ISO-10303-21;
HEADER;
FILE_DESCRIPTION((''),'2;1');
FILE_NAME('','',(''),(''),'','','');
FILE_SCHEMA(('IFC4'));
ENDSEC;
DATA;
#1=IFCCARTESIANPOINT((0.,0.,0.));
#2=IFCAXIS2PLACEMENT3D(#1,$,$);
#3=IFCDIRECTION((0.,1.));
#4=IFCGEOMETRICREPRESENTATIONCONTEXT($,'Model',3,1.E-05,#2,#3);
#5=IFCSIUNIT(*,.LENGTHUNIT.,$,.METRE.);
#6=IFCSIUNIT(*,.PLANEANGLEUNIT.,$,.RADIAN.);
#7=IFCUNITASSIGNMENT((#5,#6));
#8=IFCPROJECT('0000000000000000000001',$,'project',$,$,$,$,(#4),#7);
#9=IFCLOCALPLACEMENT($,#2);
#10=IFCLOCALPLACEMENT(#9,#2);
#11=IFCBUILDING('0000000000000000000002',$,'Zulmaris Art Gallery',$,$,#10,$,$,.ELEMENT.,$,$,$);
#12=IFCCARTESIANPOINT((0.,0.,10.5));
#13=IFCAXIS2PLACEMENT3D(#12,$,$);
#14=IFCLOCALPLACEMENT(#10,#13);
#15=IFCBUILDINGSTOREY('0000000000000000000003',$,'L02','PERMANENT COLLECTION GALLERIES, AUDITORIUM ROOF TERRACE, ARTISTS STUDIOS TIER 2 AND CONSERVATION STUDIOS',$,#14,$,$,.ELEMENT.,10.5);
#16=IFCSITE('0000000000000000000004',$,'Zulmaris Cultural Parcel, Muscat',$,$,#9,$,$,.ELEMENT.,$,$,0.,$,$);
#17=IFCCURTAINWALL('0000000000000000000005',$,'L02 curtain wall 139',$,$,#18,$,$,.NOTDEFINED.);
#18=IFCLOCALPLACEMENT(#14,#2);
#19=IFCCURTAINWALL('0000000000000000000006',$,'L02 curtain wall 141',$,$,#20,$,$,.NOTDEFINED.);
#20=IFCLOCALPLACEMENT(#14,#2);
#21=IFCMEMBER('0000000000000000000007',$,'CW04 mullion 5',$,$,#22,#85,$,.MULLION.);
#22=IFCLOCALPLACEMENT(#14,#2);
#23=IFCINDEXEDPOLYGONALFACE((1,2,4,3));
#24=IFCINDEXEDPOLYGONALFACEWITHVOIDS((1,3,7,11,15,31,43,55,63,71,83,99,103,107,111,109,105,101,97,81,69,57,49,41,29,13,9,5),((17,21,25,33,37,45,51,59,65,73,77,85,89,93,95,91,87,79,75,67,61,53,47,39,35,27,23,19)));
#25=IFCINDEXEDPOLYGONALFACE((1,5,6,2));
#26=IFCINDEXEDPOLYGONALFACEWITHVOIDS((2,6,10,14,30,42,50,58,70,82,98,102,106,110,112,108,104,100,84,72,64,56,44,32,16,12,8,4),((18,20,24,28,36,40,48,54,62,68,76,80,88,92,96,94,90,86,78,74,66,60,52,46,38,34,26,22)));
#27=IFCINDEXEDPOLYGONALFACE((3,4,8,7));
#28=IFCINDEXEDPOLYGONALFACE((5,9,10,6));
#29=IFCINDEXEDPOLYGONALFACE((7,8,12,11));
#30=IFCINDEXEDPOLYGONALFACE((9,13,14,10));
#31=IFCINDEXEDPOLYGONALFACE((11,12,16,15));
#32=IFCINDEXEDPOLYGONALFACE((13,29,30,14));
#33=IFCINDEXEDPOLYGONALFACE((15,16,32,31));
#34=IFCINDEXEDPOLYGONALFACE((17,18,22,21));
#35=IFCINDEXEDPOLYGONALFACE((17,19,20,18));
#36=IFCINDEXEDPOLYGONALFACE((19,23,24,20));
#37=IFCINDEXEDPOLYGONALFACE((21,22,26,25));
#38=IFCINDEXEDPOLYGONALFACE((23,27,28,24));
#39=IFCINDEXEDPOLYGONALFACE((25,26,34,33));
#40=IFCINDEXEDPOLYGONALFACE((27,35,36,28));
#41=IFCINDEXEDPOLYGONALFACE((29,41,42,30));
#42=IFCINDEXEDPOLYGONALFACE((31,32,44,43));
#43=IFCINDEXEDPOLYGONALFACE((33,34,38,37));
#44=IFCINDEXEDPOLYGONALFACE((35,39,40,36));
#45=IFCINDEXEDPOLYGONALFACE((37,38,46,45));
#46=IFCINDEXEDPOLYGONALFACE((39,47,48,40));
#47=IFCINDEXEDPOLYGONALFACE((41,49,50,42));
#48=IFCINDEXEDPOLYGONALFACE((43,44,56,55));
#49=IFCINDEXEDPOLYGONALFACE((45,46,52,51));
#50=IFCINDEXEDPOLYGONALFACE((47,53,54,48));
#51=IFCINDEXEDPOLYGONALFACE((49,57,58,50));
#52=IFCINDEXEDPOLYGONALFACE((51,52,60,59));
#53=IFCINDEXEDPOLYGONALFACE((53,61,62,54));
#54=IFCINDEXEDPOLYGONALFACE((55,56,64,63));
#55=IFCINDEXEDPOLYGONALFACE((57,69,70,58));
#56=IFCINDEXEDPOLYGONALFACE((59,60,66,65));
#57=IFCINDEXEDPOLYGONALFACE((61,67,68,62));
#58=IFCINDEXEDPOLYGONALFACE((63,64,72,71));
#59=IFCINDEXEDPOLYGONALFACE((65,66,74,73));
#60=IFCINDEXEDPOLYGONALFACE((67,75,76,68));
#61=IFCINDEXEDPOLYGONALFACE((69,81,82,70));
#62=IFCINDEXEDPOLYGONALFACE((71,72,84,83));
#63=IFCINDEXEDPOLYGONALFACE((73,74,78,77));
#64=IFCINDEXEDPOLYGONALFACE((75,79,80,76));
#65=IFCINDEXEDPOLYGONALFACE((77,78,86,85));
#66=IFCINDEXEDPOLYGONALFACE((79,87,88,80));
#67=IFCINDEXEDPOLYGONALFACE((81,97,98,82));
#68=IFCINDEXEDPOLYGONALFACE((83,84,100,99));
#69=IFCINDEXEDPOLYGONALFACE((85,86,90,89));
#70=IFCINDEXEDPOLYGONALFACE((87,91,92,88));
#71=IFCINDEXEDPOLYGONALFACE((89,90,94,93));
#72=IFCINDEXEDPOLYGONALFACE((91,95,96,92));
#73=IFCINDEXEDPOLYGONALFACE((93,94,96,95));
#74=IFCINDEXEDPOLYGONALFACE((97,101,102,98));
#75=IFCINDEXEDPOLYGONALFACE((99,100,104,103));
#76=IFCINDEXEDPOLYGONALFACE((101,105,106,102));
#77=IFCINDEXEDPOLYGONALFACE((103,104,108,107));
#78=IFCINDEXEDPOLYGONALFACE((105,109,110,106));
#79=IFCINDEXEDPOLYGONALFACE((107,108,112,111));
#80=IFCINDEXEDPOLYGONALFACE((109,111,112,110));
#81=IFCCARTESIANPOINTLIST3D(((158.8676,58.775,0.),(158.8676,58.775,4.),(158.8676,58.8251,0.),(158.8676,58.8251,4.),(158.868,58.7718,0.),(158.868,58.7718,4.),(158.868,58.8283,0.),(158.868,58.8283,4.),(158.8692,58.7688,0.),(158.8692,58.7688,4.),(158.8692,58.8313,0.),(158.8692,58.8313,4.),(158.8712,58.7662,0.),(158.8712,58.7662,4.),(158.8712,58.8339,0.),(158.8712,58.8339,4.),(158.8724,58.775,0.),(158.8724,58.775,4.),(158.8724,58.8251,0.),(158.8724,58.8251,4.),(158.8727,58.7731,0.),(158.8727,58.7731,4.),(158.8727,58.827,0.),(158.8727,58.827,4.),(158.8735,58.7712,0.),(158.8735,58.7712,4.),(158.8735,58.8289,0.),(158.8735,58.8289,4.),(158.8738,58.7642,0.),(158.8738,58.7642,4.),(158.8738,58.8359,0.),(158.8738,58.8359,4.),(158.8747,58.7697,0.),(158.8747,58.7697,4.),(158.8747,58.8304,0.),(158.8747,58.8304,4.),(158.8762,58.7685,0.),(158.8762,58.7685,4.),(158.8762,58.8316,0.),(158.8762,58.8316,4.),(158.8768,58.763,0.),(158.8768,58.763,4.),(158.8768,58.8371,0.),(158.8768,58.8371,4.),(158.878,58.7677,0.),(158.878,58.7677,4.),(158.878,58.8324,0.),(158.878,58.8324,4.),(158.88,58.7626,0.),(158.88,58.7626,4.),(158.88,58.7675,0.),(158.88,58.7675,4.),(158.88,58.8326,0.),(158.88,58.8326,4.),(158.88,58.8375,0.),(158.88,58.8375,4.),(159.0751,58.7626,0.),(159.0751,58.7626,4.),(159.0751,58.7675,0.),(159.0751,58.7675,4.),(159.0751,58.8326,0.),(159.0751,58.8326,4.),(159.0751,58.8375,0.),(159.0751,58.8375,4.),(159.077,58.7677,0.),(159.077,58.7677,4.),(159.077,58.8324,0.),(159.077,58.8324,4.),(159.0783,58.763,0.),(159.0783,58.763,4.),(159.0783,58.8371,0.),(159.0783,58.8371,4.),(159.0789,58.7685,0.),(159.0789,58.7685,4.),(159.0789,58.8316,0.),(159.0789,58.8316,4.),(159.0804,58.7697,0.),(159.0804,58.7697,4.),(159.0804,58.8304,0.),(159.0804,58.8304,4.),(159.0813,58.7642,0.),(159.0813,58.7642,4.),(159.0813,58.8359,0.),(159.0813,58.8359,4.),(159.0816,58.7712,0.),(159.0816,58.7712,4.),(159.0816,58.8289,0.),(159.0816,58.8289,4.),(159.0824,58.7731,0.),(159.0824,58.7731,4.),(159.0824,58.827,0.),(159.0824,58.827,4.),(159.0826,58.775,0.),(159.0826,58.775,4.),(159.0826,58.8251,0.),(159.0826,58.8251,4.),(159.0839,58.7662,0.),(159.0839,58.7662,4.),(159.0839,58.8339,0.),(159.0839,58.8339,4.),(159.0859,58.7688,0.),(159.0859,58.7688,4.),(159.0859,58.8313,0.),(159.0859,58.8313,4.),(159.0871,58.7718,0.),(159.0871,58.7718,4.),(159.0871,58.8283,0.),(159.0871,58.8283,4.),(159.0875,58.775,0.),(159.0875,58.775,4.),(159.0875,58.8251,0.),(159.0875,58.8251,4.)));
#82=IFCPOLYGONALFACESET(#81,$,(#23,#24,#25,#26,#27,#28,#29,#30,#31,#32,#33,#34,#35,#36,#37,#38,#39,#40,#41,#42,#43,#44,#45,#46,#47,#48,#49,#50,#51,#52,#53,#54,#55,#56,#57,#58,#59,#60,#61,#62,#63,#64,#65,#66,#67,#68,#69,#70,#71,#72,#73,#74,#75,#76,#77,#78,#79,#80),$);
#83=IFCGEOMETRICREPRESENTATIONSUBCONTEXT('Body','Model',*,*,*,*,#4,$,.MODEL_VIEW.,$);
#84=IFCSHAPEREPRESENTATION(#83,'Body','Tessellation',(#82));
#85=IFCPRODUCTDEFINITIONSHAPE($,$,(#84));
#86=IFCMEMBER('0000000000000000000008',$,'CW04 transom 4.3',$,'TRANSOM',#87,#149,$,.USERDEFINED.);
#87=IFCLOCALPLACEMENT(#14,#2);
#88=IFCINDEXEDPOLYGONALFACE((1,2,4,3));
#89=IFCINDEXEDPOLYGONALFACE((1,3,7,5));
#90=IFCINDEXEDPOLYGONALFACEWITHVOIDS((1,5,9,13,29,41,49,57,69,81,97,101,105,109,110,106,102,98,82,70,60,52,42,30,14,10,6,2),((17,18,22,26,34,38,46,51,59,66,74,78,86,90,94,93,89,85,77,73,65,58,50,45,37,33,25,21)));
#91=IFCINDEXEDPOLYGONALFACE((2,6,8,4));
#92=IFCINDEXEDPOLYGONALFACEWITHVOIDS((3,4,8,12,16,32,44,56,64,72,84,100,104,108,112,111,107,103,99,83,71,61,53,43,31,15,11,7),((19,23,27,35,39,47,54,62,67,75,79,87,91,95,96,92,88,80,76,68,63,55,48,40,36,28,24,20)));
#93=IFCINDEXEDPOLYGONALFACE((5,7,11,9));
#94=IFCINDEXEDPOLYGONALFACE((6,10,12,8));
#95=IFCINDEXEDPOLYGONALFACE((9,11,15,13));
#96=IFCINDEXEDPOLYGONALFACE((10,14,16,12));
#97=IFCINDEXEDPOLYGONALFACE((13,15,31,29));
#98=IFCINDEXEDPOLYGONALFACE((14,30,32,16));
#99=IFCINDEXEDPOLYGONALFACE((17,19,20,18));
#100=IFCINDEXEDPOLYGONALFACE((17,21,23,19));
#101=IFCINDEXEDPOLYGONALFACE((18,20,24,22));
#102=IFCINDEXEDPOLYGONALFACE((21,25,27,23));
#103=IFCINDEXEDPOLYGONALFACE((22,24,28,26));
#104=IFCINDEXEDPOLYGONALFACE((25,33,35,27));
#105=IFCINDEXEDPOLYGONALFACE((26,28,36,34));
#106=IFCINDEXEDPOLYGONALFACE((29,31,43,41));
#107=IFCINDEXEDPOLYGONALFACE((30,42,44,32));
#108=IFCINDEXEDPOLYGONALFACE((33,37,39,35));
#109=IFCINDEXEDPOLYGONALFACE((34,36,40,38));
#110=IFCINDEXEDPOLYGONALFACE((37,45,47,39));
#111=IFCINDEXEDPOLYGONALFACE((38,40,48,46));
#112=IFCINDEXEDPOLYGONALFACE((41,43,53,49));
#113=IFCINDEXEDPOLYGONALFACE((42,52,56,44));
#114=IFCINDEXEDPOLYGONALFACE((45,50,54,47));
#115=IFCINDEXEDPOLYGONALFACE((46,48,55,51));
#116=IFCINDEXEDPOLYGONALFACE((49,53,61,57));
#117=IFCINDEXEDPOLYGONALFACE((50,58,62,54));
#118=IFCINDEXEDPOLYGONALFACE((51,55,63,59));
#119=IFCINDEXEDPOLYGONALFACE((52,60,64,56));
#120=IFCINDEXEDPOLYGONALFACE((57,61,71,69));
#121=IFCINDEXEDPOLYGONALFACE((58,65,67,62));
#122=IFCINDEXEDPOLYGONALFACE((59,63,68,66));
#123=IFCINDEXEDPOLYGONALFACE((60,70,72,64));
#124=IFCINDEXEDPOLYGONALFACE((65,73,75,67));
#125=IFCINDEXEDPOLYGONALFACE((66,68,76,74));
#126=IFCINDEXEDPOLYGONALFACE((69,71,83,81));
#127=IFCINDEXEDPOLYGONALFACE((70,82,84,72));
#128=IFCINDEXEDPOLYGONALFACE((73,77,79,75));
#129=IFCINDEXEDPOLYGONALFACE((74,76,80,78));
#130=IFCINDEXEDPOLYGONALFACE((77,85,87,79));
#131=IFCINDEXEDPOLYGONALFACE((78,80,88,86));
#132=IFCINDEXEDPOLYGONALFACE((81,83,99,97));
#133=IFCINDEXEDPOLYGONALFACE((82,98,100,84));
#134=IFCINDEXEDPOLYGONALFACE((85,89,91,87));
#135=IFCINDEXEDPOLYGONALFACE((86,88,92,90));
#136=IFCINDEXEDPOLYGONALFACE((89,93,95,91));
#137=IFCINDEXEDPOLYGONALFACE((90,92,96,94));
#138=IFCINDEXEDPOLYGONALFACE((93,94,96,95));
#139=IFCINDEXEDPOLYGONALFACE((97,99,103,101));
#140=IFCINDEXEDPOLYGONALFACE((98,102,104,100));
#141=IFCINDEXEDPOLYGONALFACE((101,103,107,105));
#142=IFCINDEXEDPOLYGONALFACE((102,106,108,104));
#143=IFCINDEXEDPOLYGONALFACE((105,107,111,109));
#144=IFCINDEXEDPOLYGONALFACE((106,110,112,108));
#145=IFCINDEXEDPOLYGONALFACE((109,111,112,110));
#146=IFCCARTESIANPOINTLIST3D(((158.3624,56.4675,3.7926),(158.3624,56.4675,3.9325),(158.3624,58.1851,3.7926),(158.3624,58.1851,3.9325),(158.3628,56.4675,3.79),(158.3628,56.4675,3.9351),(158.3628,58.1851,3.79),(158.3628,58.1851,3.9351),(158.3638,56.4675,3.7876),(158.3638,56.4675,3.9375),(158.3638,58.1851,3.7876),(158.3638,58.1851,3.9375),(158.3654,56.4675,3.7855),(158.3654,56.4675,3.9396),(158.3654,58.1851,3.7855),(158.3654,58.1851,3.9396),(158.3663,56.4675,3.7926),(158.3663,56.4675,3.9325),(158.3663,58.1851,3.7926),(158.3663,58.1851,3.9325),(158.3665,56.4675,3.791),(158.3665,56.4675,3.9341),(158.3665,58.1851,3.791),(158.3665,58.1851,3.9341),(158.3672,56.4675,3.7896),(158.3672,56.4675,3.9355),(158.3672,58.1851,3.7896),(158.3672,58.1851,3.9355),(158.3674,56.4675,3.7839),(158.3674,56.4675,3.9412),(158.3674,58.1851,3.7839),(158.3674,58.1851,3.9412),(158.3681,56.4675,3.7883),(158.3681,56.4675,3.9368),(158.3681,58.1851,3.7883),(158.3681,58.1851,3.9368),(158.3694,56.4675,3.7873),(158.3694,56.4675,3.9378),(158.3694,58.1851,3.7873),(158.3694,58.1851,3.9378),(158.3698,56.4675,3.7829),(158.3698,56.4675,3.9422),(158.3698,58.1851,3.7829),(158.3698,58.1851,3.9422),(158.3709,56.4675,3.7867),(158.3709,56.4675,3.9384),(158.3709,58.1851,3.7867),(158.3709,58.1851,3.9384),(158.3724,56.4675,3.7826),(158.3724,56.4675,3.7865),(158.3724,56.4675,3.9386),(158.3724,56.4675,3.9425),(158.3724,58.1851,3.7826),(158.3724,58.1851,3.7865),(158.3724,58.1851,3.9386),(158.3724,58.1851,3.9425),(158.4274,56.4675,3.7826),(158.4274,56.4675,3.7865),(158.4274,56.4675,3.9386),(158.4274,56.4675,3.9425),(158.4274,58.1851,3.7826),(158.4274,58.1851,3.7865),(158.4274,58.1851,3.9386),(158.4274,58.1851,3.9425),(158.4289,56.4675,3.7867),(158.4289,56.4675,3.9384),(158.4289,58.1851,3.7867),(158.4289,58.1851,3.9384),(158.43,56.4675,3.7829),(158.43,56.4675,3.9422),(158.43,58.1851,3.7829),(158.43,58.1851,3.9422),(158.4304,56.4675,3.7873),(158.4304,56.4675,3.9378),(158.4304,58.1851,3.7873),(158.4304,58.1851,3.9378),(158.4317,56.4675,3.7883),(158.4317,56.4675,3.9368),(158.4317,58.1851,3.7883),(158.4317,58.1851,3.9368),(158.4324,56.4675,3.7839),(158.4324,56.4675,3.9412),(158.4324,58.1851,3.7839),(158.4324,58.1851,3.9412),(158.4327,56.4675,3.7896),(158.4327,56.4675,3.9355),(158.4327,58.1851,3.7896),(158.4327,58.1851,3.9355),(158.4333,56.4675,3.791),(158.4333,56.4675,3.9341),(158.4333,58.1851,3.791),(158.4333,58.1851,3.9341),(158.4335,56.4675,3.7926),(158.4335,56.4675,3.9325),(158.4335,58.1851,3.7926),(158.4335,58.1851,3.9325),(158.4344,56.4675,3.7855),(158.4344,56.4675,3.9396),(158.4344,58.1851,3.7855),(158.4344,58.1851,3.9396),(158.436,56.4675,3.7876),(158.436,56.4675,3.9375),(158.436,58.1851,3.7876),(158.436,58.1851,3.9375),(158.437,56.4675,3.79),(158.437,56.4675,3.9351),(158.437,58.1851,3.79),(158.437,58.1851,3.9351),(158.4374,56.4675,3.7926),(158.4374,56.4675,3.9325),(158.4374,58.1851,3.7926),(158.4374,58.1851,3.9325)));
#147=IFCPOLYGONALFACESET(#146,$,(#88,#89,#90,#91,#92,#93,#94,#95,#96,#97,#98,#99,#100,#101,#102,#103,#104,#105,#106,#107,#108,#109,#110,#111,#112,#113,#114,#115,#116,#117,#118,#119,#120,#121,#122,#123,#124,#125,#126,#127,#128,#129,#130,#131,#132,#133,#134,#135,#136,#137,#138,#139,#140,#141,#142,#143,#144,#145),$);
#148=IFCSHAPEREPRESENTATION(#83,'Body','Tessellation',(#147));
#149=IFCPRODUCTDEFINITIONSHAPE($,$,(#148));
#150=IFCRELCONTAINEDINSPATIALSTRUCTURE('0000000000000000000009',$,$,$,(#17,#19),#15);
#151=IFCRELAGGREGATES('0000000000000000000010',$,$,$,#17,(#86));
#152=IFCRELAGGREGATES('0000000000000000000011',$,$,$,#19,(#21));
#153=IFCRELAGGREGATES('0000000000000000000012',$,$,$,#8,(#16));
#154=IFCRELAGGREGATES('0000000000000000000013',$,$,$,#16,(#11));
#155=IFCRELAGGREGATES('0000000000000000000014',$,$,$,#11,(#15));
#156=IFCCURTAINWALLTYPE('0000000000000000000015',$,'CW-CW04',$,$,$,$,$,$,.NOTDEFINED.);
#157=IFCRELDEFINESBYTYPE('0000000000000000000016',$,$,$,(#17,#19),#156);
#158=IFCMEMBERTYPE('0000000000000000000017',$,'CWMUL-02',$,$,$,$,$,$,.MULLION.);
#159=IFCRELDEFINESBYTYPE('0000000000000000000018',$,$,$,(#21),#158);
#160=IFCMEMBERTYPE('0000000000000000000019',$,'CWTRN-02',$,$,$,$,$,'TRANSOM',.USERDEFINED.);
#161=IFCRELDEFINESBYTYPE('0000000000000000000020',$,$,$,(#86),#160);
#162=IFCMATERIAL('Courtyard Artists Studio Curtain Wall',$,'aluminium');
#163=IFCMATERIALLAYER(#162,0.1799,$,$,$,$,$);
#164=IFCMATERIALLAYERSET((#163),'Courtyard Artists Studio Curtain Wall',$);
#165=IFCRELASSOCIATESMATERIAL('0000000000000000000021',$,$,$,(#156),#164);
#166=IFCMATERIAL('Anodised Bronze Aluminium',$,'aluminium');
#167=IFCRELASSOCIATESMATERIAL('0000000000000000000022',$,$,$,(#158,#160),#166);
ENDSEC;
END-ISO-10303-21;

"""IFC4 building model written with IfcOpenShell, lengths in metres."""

from ifc_helpers import new_model, si_unit, direction, frame, origin, origin_2d, place, context, subcontext, project, spatial, hollow_rectangle, extrude, material, layer, layer_set, material_profile, profile_set, type_object, element, aggregate, save


model = new_model("IFC4")

# Units and contexts
model_context = context("Model", 3, precision=1e-05, world=origin(), true_north=direction((0.0, 1.0)))
body_context = subcontext(model_context, "Body", "Model", "MODEL_VIEW")
ifc_project = project(units=[si_unit("LENGTHUNIT", "METRE"), si_unit("PLANEANGLEUNIT", "RADIAN")], contexts=[model_context])

# Site, building, storey
site_placement = place(None, origin())
site = spatial("IfcSite", under=ifc_project, at=site_placement, Name="Zulmaris Cultural Parcel, Muscat", CompositionType="ELEMENT", RefElevation=0.0)
building_placement = place(site_placement, origin())
building = spatial("IfcBuilding", under=site, at=building_placement, Name="Zulmaris Art Gallery", CompositionType="ELEMENT")
storey_placement = place(building_placement, frame((0.0, 0.0, 10.5)))
storey = spatial("IfcBuildingStorey", under=building, at=storey_placement, Name="L02", Description="PERMANENT COLLECTION GALLERIES, AUDITORIUM ROOF TERRACE, ARTISTS STUDIOS TIER 2 AND CONSERVATION STUDIOS", CompositionType="ELEMENT", Elevation=10.5)

# Curtain wall
ifc_material_1 = material(Name="Courtyard Artists Studio Curtain Wall", Category="aluminium")
ifc_layer_1 = layer(ifc_material_1, 0.1799)
ifc_layer_set_1 = layer_set([ifc_layer_1], Name="Courtyard Artists Studio Curtain Wall")
curtain_wall_type = type_object("IfcCurtainWallType", Name="CW-CW04", PredefinedType="NOTDEFINED", material=ifc_layer_set_1)
curtain_wall_1_placement = place(storey_placement, origin())
curtain_wall_1 = element("IfcCurtainWall", 1, at=curtain_wall_1_placement, inside=storey, type_object=curtain_wall_type, Name="L02 curtain wall 139", PredefinedType="NOTDEFINED")
ifc_material_2 = material(Name="Anodised Bronze Aluminium", Category="aluminium")
ifc_material_profile_1 = material_profile(ifc_material_2, hollow_rectangle(XDim=0.075, YDim=0.22, WallThickness=0.0049, InnerFilletRadius=0.0076, OuterFilletRadius=0.0125, at=origin_2d()), Name="ALU 75x220x5")
ifc_profile_set_1 = profile_set([ifc_material_profile_1], Name="Anodised Bronze Aluminium")
member_type_1 = type_object("IfcMemberType", Name="CWMUL-02", PredefinedType="MULLION", material=ifc_profile_set_1)

# Curtain wall, member
curtain_wall_2_placement = place(storey_placement, origin())
curtain_wall_2 = element("IfcCurtainWall", 2, at=curtain_wall_2_placement, inside=storey, type_object=curtain_wall_type, Name="L02 curtain wall 141", PredefinedType="NOTDEFINED")
member_1_placement = place(storey_placement, frame((158.9775, 58.8, 0.0), z_axis=(0.0, 0.0, 1.0), x_axis=(0.0, -1.0, 0.0)))
member_1 = element("IfcMember", 3, at=member_1_placement, type_object=member_type_1, Name="CW04 mullion 5", PredefinedType="MULLION", context=body_context, shape_type="SweptSolid", body=[
    extrude(hollow_rectangle(XDim=0.075, YDim=0.22, WallThickness=0.0049, InnerFilletRadius=0.0076, OuterFilletRadius=0.0125, at=origin_2d()), origin(), (0.0, 0.0, 1.0), 4.0),
])

# Member
ifc_material_profile_2 = material_profile(ifc_material_2, hollow_rectangle(XDim=0.075, YDim=0.1599, WallThickness=0.0039, InnerFilletRadius=0.0061, OuterFilletRadius=0.01, at=origin_2d()), Name="ALU 75x160x4")
ifc_profile_set_2 = profile_set([ifc_material_profile_2], Name="Anodised Bronze Aluminium")
member_type_2 = type_object("IfcMemberType", Name="CWTRN-02", ElementType="TRANSOM", PredefinedType="USERDEFINED", material=ifc_profile_set_2)
member_2_placement = place(storey_placement, frame((158.3999, 56.4675, 3.8625), z_axis=(0.0, 1.0, 0.0), x_axis=(-1.0, 0.0, 0.0)))
member_2 = element("IfcMember", 4, at=member_2_placement, type_object=member_type_2, Name="CW04 transom 4.3", ObjectType="TRANSOM", PredefinedType="USERDEFINED", context=body_context, shape_type="SweptSolid", body=[
    extrude(hollow_rectangle(XDim=0.075, YDim=0.1599, WallThickness=0.0039, InnerFilletRadius=0.0061, OuterFilletRadius=0.01, at=origin_2d()), origin(), (0.0, 0.0, 1.0), 1.7175),
])

aggregate(curtain_wall_1, [member_2])
aggregate(curtain_wall_2, [member_1])

save(model, "model.ifc")
